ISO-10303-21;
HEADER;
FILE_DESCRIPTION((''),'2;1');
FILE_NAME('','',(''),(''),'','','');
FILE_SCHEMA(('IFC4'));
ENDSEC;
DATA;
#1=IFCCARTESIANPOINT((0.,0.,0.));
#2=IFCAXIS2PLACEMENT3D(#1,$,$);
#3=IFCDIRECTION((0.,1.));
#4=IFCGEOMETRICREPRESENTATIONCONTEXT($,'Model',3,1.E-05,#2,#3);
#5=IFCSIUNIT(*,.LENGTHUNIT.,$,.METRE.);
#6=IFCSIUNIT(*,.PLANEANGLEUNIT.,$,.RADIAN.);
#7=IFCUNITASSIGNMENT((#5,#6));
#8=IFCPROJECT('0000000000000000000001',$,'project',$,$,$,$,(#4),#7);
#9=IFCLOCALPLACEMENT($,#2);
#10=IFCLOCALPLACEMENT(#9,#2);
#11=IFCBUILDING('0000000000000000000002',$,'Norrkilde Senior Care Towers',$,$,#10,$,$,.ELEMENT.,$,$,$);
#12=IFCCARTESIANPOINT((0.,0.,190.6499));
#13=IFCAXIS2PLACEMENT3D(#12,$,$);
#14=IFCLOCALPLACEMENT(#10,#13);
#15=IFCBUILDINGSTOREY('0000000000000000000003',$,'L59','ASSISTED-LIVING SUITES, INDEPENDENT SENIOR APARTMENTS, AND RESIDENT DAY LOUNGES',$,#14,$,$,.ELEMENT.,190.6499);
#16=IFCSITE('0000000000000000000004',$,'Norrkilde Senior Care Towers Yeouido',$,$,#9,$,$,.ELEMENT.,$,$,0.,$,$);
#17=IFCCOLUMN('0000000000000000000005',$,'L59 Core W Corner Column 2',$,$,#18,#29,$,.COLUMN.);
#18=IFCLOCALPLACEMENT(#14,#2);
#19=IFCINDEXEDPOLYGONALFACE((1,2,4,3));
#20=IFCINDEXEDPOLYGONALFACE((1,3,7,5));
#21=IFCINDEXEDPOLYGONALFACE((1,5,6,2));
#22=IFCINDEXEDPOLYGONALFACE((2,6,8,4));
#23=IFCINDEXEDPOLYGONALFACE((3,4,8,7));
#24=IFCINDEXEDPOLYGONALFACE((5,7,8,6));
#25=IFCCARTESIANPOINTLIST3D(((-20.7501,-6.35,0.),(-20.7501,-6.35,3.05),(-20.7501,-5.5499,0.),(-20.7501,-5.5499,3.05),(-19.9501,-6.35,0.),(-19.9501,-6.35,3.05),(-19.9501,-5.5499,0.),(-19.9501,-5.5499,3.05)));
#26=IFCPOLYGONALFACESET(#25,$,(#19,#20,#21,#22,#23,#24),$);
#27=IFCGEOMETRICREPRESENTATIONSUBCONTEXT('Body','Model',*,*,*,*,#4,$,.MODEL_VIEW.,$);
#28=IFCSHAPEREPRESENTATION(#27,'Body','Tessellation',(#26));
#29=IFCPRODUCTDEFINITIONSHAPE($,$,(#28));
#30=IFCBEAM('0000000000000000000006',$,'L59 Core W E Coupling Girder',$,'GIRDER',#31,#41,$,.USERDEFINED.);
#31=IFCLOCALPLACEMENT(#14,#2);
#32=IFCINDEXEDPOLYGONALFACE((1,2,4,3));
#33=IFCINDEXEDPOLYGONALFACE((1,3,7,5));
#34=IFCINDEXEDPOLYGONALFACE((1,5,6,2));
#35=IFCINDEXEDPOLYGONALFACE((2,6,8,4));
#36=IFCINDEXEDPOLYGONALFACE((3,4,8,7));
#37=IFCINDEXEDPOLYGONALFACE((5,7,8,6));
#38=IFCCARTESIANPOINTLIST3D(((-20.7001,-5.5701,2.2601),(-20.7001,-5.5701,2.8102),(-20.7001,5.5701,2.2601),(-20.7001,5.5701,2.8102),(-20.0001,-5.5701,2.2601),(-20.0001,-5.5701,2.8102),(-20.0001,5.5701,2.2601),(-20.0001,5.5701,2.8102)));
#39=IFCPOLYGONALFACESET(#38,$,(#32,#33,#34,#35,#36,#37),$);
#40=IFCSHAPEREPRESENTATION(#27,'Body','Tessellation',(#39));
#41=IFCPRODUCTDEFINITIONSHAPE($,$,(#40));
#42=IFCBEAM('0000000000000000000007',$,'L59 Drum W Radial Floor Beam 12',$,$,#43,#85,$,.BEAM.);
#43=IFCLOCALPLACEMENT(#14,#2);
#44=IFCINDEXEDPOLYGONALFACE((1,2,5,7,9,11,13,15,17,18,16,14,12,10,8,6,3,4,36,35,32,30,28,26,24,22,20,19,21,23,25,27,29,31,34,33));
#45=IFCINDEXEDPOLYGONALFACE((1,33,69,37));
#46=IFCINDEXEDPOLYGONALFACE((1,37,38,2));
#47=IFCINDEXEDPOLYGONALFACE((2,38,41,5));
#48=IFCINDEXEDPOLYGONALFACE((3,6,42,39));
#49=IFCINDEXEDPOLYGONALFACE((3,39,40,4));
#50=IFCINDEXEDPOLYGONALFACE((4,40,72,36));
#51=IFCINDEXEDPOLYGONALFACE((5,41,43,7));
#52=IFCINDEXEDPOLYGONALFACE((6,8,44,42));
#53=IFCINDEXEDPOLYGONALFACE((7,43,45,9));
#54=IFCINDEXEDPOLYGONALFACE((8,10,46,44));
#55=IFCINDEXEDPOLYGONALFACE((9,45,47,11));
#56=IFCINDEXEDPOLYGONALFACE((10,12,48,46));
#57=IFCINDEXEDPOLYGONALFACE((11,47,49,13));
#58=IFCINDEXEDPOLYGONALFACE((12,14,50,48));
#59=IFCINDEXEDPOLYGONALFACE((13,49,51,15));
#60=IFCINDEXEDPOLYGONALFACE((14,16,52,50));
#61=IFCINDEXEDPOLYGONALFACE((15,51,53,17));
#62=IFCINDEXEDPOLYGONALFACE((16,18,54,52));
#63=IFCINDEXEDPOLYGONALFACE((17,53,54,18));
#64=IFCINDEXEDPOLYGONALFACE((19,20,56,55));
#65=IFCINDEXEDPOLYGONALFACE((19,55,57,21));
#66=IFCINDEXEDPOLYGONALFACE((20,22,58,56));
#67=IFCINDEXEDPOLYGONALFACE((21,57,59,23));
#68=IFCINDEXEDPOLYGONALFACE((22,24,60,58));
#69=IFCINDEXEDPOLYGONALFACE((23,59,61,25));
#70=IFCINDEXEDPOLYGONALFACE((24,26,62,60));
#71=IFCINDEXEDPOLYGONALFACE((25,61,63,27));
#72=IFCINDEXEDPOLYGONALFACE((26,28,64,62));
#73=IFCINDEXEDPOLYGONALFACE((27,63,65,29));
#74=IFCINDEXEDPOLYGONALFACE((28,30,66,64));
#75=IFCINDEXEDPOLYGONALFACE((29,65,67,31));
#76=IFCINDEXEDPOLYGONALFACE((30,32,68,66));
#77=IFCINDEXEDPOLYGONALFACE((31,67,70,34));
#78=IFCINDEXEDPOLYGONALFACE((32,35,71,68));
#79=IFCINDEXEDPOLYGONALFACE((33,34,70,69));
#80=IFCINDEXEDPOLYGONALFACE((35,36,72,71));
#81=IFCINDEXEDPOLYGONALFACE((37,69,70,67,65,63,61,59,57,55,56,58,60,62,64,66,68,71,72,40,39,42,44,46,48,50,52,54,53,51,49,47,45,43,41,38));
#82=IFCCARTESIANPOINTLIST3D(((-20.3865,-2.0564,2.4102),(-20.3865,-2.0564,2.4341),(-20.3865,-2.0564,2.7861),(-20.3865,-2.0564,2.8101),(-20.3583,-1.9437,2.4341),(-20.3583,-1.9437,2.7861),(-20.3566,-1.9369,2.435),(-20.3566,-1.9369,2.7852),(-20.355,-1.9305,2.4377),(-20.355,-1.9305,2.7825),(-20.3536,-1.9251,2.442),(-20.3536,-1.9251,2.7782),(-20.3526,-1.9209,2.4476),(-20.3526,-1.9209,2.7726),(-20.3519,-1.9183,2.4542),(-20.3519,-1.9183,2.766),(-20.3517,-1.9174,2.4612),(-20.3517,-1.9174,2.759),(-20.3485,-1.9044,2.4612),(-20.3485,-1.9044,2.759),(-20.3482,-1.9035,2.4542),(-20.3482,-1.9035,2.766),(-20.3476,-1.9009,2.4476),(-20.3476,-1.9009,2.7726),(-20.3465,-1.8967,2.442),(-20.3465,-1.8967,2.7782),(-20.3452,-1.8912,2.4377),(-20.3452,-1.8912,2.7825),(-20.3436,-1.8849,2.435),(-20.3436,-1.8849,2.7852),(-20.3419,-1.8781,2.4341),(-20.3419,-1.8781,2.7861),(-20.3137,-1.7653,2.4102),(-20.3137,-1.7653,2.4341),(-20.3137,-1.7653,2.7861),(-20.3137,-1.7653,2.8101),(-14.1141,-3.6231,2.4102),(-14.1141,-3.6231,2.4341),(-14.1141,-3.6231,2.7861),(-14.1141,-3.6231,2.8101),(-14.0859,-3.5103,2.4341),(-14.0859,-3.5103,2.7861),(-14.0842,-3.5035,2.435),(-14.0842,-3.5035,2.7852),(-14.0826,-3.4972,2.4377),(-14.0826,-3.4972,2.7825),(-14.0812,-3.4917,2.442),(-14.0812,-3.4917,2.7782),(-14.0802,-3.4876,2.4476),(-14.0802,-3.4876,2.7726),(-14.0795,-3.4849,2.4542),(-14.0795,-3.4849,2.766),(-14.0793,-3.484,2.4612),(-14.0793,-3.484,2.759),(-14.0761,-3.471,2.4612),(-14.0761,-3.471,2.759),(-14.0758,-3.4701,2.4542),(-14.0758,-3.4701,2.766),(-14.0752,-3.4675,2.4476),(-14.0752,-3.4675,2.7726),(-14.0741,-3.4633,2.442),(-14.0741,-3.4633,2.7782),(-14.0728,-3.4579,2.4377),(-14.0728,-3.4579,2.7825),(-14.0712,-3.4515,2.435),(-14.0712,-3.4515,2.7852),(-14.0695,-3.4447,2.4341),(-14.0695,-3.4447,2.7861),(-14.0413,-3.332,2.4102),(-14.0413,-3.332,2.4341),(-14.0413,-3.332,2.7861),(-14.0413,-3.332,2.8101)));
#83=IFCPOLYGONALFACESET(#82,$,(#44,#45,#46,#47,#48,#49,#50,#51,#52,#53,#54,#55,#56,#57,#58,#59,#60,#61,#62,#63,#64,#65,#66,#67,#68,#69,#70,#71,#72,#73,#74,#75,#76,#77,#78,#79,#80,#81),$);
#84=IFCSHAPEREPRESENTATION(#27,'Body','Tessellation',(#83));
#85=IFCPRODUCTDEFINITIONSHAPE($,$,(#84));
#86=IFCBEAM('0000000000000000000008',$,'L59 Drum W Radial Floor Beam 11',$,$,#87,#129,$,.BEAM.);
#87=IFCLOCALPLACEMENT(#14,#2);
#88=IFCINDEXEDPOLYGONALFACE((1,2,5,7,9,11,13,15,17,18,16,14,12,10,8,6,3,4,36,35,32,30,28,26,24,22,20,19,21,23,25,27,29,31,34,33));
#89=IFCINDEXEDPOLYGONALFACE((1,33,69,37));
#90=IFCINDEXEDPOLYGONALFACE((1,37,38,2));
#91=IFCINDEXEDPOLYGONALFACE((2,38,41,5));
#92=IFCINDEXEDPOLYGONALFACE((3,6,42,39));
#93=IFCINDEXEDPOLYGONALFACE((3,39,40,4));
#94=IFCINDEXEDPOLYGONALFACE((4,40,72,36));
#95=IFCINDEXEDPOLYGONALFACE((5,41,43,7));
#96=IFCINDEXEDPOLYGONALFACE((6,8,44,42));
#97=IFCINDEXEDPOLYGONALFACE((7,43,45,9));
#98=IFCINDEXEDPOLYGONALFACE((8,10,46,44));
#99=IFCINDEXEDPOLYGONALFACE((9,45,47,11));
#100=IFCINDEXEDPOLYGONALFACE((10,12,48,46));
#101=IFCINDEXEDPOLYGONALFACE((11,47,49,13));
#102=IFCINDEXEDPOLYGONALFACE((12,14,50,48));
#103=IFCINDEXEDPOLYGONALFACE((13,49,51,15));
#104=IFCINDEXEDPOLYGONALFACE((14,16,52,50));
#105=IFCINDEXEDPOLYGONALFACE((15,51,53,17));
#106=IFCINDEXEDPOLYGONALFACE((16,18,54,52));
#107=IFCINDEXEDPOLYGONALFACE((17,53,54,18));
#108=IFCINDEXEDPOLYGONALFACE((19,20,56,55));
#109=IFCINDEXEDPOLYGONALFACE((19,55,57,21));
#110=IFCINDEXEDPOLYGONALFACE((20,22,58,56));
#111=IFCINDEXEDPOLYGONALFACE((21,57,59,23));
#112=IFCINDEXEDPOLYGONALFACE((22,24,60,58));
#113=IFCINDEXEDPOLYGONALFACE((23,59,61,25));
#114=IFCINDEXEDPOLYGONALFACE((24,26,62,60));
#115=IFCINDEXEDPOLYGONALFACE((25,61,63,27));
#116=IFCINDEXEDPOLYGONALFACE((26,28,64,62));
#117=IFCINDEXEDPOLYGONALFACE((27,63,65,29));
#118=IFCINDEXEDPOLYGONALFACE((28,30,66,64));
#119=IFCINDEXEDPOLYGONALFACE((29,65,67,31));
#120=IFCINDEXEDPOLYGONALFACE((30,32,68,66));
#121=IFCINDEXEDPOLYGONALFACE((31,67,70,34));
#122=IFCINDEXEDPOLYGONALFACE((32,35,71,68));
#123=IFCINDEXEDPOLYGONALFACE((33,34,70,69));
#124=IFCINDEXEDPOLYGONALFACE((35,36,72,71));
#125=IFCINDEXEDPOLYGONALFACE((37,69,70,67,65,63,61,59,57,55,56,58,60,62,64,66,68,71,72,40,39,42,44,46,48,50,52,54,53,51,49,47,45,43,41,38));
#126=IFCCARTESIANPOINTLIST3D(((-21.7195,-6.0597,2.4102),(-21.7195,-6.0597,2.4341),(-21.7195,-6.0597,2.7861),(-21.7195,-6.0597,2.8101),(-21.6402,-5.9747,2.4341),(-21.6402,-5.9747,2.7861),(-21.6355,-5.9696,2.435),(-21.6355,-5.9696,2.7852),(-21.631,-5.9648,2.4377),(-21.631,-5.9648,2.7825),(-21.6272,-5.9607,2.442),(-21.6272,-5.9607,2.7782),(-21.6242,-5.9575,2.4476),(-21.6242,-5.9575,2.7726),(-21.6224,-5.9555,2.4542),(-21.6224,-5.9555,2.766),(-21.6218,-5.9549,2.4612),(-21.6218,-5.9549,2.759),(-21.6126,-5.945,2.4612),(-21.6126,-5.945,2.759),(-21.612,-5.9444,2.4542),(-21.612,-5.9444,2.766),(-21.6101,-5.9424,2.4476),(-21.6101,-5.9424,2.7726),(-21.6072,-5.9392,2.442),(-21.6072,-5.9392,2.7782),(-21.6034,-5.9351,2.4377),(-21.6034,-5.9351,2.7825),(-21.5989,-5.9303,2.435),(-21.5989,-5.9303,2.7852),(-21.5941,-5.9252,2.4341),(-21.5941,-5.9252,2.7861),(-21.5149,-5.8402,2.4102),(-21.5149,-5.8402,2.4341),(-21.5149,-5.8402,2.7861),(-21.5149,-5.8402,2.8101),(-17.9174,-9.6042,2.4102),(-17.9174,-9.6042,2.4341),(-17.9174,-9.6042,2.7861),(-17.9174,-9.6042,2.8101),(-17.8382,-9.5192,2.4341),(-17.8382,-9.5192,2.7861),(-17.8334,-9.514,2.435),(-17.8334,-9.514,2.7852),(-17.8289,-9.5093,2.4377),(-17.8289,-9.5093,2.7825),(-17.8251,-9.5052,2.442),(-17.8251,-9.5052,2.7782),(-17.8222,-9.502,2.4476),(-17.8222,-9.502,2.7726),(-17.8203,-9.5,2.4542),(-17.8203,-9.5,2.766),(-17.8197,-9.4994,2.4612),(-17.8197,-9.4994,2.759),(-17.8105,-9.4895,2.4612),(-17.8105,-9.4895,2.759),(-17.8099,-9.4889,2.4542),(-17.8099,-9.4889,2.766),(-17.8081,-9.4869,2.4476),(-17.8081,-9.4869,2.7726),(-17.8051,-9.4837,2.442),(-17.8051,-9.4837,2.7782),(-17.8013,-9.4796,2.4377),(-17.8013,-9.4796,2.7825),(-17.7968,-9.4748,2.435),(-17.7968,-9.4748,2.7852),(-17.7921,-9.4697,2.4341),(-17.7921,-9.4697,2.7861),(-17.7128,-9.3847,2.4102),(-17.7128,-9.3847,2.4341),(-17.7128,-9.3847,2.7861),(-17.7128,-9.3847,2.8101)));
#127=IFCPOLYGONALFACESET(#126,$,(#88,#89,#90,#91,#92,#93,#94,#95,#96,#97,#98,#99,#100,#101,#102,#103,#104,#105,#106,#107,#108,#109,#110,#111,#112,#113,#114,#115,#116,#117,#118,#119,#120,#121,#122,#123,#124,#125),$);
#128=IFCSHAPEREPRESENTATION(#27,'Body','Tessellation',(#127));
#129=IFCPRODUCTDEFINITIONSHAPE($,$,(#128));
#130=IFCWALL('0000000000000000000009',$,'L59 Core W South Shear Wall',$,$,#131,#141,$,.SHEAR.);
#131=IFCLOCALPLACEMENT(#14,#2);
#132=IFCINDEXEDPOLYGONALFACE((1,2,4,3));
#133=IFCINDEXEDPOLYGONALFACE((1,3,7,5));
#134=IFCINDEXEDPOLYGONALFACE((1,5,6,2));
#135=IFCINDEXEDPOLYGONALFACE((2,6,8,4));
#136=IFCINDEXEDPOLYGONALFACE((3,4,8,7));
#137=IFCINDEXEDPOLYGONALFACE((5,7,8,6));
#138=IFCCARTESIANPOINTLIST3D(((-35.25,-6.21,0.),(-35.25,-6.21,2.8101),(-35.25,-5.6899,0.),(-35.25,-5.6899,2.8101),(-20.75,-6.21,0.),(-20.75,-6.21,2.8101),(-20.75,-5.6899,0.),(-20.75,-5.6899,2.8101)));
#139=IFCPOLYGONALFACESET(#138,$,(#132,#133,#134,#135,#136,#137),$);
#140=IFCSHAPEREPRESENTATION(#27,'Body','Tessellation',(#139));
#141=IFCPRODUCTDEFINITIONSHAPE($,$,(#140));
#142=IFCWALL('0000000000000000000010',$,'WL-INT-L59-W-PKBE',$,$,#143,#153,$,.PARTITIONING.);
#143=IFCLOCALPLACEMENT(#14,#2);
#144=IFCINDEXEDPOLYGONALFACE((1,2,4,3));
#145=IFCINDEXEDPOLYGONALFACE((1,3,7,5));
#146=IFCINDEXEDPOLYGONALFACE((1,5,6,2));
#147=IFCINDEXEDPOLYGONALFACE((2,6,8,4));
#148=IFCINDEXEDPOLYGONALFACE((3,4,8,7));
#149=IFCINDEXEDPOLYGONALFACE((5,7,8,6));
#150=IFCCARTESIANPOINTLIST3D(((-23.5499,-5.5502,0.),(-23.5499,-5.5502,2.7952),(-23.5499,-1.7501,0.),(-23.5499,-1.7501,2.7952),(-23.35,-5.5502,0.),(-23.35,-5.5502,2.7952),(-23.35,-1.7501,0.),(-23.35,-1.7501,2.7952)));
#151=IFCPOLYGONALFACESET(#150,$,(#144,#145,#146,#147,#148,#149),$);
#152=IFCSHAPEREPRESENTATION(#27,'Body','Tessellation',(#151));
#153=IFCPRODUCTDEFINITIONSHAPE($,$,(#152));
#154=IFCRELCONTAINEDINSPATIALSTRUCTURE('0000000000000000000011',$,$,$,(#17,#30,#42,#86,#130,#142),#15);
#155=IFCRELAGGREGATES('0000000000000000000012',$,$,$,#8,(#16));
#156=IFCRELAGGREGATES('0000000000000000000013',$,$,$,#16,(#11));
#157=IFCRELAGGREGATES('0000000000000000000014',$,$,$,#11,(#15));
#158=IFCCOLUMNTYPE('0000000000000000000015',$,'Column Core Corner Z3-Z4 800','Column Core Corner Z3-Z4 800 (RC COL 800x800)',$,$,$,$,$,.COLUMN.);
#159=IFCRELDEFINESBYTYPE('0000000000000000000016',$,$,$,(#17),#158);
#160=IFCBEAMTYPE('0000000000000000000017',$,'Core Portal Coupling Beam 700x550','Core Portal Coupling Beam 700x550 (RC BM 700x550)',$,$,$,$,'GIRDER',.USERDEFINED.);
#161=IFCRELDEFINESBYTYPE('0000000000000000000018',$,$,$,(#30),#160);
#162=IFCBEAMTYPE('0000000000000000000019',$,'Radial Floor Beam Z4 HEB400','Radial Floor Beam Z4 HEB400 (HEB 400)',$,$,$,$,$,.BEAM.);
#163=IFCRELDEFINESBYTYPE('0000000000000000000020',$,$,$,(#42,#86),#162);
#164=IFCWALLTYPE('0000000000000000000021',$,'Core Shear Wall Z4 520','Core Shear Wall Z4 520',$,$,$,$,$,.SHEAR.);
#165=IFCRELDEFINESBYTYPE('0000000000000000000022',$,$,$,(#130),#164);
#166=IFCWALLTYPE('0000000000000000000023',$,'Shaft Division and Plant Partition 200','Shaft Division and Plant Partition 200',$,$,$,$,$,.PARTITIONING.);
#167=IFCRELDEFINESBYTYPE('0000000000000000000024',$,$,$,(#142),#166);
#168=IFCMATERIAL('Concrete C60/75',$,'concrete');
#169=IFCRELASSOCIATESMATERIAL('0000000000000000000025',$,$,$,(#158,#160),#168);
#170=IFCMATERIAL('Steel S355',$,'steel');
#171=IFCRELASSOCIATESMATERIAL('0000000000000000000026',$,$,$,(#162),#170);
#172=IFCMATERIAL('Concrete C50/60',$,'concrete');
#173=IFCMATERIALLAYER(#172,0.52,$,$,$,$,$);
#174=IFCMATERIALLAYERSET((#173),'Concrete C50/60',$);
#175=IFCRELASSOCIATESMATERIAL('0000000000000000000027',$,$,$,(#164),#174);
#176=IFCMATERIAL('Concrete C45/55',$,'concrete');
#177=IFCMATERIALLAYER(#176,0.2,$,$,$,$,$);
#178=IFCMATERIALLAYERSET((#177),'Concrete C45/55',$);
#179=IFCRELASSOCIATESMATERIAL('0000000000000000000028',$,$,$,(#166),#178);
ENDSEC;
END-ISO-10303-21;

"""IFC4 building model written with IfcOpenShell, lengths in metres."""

from ifc_helpers import new_model, si_unit, direction, frame, frame_2d, origin, origin_2d, place, context, subcontext, project, spatial, rectangle, i_section, extrude, source, transform, mapped, material, layer, layer_set, material_profile, profile_set, type_object, type_shapes, element, save


model = new_model("IFC4")

# Units and contexts
model_context = context("Model", 3, precision=1e-05, world=origin(), true_north=direction((0.0, 1.0)))
body_context = subcontext(model_context, "Body", "Model", "MODEL_VIEW")
ifc_project = project(units=[si_unit("LENGTHUNIT", "METRE"), si_unit("PLANEANGLEUNIT", "RADIAN")], contexts=[model_context])

# Site, building, storey
site_placement = place(None, origin())
site = spatial("IfcSite", under=ifc_project, at=site_placement, Name="Norrkilde Senior Care Towers Yeouido", CompositionType="ELEMENT", RefElevation=0.0)
building_placement = place(site_placement, origin())
building = spatial("IfcBuilding", under=site, at=building_placement, Name="Norrkilde Senior Care Towers", CompositionType="ELEMENT")
storey_placement = place(building_placement, frame((0.0, 0.0, 190.6499)))
storey = spatial("IfcBuildingStorey", under=building, at=storey_placement, Name="L59", Description="ASSISTED-LIVING SUITES, INDEPENDENT SENIOR APARTMENTS, AND RESIDENT DAY LOUNGES", CompositionType="ELEMENT", Elevation=190.6499)

# Column
ifc_material_1 = material(Name="Concrete C60/75", Category="concrete")
ifc_material_profile_1 = material_profile(ifc_material_1, rectangle(XDim=0.8, YDim=0.8, at=origin_2d()), Name="RC COL 800x800")
ifc_profile_set_1 = profile_set([ifc_material_profile_1], Name="Concrete C60/75")
column_type = type_object("IfcColumnType", Name="Column Core Corner Z3-Z4 800", Description="Column Core Corner Z3-Z4 800 (RC COL 800x800)", PredefinedType="COLUMN", material=ifc_profile_set_1)
shared_shape_1 = source(origin(), body_context, "Body", "SweptSolid", [
    extrude(rectangle(XDim=0.8, YDim=0.8, at=origin_2d()), origin(), (0.0, 0.0, 1.0), 3.05),
])
type_shapes(column_type, [shared_shape_1])
column_placement = place(storey_placement, frame((-20.3501, -5.95, 0.0), z_axis=(0.0, 0.0, 1.0), x_axis=(1.0, 0.0, 0.0)))
element("IfcColumn", 1, at=column_placement, inside=storey, type_object=column_type, Name="L59 Core W Corner Column 2", PredefinedType="COLUMN", context=body_context, shape_type="MappedRepresentation", body=[
    mapped(shared_shape_1, transform((0.0, 0.0, 0.0), x_axis=(1.0, 0.0, 0.0), y_axis=(0.0, 1.0, 0.0), z_axis=(0.0, 0.0, 1.0), scale=1.0)),
])

# Beams
ifc_material_profile_2 = material_profile(ifc_material_1, rectangle(XDim=0.7, YDim=0.55, at=origin_2d()), Name="RC BM 700x550")
ifc_profile_set_2 = profile_set([ifc_material_profile_2], Name="Concrete C60/75")
beam_type_1 = type_object("IfcBeamType", Name="Core Portal Coupling Beam 700x550", Description="Core Portal Coupling Beam 700x550 (RC BM 700x550)", ElementType="GIRDER", PredefinedType="USERDEFINED", material=ifc_profile_set_2)
shared_shape_2 = source(origin(), body_context, "Body", "SweptSolid", [
    extrude(rectangle(XDim=0.7, YDim=0.55, at=origin_2d()), origin(), (0.0, 0.0, 1.0), 11.1401),
])
type_shapes(beam_type_1, [shared_shape_2])
beam_1_placement = place(storey_placement, frame((-20.3501, -5.5701, 2.5352), z_axis=(0.0, 1.0, 0.0), x_axis=(-1.0, 0.0, 0.0)))
element("IfcBeam", 2, at=beam_1_placement, inside=storey, type_object=beam_type_1, Name="L59 Core W E Coupling Girder", ObjectType="GIRDER", PredefinedType="USERDEFINED", context=body_context, shape_type="MappedRepresentation", body=[
    mapped(shared_shape_2, transform((0.0, 0.0, 0.0), x_axis=(1.0, 0.0, 0.0), y_axis=(0.0, 1.0, 0.0), z_axis=(0.0, 0.0, 1.0), scale=1.0)),
])
ifc_material_2 = material(Name="Steel S355", Category="steel")
ifc_material_profile_3 = material_profile(ifc_material_2, i_section(OverallWidth=0.3, OverallDepth=0.3999, WebThickness=0.0134, FlangeThickness=0.0239, FilletRadius=0.0271, at=origin_2d()), Name="HEB 400")
ifc_profile_set_3 = profile_set([ifc_material_profile_3], Name="Steel S355")
beam_type_2 = type_object("IfcBeamType", Name="Radial Floor Beam Z4 HEB400", Description="Radial Floor Beam Z4 HEB400 (HEB 400)", PredefinedType="BEAM", material=ifc_profile_set_3)
shared_shape_3 = source(origin(), body_context, "Body", "SweptSolid", [
    extrude(i_section(OverallWidth=0.3, OverallDepth=0.3999, WebThickness=0.0134, FlangeThickness=0.0239, FilletRadius=0.0271, at=origin_2d()), origin(), (0.0, 0.0, 1.0), 6.4651),
])
beam_2_placement = place(storey_placement, frame((-20.3501, -1.9109, 2.6101), z_axis=(0.970196, -0.242322, 0.0), x_axis=(0.242322, 0.970196, 0.0)))
element("IfcBeam", 3, at=beam_2_placement, inside=storey, type_object=beam_type_2, Name="L59 Drum W Radial Floor Beam 12", PredefinedType="BEAM", context=body_context, shape_type="MappedRepresentation", body=[
    mapped(shared_shape_3, transform((0.0, 0.0, 0.0), x_axis=(1.0, 0.0, 0.0), y_axis=(0.0, 1.0, 0.0), z_axis=(0.0, 0.0, 1.0), scale=1.0)),
])
shared_shape_4 = source(origin(), body_context, "Body", "SweptSolid", [
    extrude(i_section(OverallWidth=0.3, OverallDepth=0.3999, WebThickness=0.0134, FlangeThickness=0.0239, FilletRadius=0.0271, at=origin_2d()), origin(), (0.0, 0.0, 1.0), 5.198),
])
type_shapes(beam_type_2, [shared_shape_3, shared_shape_4])
beam_3_placement = place(storey_placement, frame((-21.6172, -5.95, 2.6101), z_axis=(0.731449, -0.681896, 0.0), x_axis=(0.681896, 0.731449, 0.0)))
element("IfcBeam", 4, at=beam_3_placement, inside=storey, type_object=beam_type_2, Name="L59 Drum W Radial Floor Beam 11", PredefinedType="BEAM", context=body_context, shape_type="MappedRepresentation", body=[
    mapped(shared_shape_4, transform((0.0, 0.0, 0.0), x_axis=(1.0, 0.0, 0.0), y_axis=(0.0, 1.0, 0.0), z_axis=(0.0, 0.0, 1.0), scale=1.0)),
])

# Walls
ifc_material_3 = material(Name="Concrete C50/60", Category="concrete")
ifc_layer_1 = layer(ifc_material_3, 0.52)
ifc_layer_set_1 = layer_set([ifc_layer_1], Name="Concrete C50/60")
wall_type_1 = type_object("IfcWallType", Name="Core Shear Wall Z4 520", Description="Core Shear Wall Z4 520", PredefinedType="SHEAR", material=ifc_layer_set_1)
shared_shape_5 = source(origin(), body_context, "Body", "SweptSolid", [
    extrude(rectangle(XDim=14.5, YDim=0.52, at=frame_2d((7.25, 0.0))), origin(), (0.0, 0.0, 1.0), 2.8101),
])
type_shapes(wall_type_1, [shared_shape_5])
wall_1_placement = place(storey_placement, frame((-20.75, -5.95, 0.0), z_axis=(0.0, 0.0, 1.0), x_axis=(-1.0, 0.0, 0.0)))
element("IfcWall", 5, at=wall_1_placement, inside=storey, type_object=wall_type_1, Name="L59 Core W South Shear Wall", PredefinedType="SHEAR", context=body_context, shape_type="MappedRepresentation", body=[
    mapped(shared_shape_5, transform((0.0, 0.0, 0.0), x_axis=(1.0, 0.0, 0.0), y_axis=(0.0, 1.0, 0.0), z_axis=(0.0, 0.0, 1.0), scale=1.0)),
])
ifc_material_4 = material(Name="Concrete C45/55", Category="concrete")
ifc_layer_2 = layer(ifc_material_4, 0.2)
ifc_layer_set_2 = layer_set([ifc_layer_2], Name="Concrete C45/55")
wall_type_2 = type_object("IfcWallType", Name="Shaft Division and Plant Partition 200", Description="Shaft Division and Plant Partition 200", PredefinedType="PARTITIONING", material=ifc_layer_set_2)
shared_shape_6 = source(origin(), body_context, "Body", "SweptSolid", [
    extrude(rectangle(XDim=3.8, YDim=0.2, at=frame_2d((1.8999, 0.0))), origin(), (0.0, 0.0, 1.0), 2.7952),
])
type_shapes(wall_type_2, [shared_shape_6])
wall_2_placement = place(storey_placement, frame((-23.45, -5.55, 0.0), z_axis=(0.0, 0.0, 1.0), x_axis=(0.0, 1.0, 0.0)))
element("IfcWall", 6, at=wall_2_placement, inside=storey, type_object=wall_type_2, Name="WL-INT-L59-W-PKBE", PredefinedType="PARTITIONING", context=body_context, shape_type="MappedRepresentation", body=[
    mapped(shared_shape_6, transform((0.0, 0.0, 0.0), x_axis=(1.0, 0.0, 0.0), y_axis=(0.0, 1.0, 0.0), z_axis=(0.0, 0.0, 1.0), scale=1.0)),
])

save(model, "model.ifc")
